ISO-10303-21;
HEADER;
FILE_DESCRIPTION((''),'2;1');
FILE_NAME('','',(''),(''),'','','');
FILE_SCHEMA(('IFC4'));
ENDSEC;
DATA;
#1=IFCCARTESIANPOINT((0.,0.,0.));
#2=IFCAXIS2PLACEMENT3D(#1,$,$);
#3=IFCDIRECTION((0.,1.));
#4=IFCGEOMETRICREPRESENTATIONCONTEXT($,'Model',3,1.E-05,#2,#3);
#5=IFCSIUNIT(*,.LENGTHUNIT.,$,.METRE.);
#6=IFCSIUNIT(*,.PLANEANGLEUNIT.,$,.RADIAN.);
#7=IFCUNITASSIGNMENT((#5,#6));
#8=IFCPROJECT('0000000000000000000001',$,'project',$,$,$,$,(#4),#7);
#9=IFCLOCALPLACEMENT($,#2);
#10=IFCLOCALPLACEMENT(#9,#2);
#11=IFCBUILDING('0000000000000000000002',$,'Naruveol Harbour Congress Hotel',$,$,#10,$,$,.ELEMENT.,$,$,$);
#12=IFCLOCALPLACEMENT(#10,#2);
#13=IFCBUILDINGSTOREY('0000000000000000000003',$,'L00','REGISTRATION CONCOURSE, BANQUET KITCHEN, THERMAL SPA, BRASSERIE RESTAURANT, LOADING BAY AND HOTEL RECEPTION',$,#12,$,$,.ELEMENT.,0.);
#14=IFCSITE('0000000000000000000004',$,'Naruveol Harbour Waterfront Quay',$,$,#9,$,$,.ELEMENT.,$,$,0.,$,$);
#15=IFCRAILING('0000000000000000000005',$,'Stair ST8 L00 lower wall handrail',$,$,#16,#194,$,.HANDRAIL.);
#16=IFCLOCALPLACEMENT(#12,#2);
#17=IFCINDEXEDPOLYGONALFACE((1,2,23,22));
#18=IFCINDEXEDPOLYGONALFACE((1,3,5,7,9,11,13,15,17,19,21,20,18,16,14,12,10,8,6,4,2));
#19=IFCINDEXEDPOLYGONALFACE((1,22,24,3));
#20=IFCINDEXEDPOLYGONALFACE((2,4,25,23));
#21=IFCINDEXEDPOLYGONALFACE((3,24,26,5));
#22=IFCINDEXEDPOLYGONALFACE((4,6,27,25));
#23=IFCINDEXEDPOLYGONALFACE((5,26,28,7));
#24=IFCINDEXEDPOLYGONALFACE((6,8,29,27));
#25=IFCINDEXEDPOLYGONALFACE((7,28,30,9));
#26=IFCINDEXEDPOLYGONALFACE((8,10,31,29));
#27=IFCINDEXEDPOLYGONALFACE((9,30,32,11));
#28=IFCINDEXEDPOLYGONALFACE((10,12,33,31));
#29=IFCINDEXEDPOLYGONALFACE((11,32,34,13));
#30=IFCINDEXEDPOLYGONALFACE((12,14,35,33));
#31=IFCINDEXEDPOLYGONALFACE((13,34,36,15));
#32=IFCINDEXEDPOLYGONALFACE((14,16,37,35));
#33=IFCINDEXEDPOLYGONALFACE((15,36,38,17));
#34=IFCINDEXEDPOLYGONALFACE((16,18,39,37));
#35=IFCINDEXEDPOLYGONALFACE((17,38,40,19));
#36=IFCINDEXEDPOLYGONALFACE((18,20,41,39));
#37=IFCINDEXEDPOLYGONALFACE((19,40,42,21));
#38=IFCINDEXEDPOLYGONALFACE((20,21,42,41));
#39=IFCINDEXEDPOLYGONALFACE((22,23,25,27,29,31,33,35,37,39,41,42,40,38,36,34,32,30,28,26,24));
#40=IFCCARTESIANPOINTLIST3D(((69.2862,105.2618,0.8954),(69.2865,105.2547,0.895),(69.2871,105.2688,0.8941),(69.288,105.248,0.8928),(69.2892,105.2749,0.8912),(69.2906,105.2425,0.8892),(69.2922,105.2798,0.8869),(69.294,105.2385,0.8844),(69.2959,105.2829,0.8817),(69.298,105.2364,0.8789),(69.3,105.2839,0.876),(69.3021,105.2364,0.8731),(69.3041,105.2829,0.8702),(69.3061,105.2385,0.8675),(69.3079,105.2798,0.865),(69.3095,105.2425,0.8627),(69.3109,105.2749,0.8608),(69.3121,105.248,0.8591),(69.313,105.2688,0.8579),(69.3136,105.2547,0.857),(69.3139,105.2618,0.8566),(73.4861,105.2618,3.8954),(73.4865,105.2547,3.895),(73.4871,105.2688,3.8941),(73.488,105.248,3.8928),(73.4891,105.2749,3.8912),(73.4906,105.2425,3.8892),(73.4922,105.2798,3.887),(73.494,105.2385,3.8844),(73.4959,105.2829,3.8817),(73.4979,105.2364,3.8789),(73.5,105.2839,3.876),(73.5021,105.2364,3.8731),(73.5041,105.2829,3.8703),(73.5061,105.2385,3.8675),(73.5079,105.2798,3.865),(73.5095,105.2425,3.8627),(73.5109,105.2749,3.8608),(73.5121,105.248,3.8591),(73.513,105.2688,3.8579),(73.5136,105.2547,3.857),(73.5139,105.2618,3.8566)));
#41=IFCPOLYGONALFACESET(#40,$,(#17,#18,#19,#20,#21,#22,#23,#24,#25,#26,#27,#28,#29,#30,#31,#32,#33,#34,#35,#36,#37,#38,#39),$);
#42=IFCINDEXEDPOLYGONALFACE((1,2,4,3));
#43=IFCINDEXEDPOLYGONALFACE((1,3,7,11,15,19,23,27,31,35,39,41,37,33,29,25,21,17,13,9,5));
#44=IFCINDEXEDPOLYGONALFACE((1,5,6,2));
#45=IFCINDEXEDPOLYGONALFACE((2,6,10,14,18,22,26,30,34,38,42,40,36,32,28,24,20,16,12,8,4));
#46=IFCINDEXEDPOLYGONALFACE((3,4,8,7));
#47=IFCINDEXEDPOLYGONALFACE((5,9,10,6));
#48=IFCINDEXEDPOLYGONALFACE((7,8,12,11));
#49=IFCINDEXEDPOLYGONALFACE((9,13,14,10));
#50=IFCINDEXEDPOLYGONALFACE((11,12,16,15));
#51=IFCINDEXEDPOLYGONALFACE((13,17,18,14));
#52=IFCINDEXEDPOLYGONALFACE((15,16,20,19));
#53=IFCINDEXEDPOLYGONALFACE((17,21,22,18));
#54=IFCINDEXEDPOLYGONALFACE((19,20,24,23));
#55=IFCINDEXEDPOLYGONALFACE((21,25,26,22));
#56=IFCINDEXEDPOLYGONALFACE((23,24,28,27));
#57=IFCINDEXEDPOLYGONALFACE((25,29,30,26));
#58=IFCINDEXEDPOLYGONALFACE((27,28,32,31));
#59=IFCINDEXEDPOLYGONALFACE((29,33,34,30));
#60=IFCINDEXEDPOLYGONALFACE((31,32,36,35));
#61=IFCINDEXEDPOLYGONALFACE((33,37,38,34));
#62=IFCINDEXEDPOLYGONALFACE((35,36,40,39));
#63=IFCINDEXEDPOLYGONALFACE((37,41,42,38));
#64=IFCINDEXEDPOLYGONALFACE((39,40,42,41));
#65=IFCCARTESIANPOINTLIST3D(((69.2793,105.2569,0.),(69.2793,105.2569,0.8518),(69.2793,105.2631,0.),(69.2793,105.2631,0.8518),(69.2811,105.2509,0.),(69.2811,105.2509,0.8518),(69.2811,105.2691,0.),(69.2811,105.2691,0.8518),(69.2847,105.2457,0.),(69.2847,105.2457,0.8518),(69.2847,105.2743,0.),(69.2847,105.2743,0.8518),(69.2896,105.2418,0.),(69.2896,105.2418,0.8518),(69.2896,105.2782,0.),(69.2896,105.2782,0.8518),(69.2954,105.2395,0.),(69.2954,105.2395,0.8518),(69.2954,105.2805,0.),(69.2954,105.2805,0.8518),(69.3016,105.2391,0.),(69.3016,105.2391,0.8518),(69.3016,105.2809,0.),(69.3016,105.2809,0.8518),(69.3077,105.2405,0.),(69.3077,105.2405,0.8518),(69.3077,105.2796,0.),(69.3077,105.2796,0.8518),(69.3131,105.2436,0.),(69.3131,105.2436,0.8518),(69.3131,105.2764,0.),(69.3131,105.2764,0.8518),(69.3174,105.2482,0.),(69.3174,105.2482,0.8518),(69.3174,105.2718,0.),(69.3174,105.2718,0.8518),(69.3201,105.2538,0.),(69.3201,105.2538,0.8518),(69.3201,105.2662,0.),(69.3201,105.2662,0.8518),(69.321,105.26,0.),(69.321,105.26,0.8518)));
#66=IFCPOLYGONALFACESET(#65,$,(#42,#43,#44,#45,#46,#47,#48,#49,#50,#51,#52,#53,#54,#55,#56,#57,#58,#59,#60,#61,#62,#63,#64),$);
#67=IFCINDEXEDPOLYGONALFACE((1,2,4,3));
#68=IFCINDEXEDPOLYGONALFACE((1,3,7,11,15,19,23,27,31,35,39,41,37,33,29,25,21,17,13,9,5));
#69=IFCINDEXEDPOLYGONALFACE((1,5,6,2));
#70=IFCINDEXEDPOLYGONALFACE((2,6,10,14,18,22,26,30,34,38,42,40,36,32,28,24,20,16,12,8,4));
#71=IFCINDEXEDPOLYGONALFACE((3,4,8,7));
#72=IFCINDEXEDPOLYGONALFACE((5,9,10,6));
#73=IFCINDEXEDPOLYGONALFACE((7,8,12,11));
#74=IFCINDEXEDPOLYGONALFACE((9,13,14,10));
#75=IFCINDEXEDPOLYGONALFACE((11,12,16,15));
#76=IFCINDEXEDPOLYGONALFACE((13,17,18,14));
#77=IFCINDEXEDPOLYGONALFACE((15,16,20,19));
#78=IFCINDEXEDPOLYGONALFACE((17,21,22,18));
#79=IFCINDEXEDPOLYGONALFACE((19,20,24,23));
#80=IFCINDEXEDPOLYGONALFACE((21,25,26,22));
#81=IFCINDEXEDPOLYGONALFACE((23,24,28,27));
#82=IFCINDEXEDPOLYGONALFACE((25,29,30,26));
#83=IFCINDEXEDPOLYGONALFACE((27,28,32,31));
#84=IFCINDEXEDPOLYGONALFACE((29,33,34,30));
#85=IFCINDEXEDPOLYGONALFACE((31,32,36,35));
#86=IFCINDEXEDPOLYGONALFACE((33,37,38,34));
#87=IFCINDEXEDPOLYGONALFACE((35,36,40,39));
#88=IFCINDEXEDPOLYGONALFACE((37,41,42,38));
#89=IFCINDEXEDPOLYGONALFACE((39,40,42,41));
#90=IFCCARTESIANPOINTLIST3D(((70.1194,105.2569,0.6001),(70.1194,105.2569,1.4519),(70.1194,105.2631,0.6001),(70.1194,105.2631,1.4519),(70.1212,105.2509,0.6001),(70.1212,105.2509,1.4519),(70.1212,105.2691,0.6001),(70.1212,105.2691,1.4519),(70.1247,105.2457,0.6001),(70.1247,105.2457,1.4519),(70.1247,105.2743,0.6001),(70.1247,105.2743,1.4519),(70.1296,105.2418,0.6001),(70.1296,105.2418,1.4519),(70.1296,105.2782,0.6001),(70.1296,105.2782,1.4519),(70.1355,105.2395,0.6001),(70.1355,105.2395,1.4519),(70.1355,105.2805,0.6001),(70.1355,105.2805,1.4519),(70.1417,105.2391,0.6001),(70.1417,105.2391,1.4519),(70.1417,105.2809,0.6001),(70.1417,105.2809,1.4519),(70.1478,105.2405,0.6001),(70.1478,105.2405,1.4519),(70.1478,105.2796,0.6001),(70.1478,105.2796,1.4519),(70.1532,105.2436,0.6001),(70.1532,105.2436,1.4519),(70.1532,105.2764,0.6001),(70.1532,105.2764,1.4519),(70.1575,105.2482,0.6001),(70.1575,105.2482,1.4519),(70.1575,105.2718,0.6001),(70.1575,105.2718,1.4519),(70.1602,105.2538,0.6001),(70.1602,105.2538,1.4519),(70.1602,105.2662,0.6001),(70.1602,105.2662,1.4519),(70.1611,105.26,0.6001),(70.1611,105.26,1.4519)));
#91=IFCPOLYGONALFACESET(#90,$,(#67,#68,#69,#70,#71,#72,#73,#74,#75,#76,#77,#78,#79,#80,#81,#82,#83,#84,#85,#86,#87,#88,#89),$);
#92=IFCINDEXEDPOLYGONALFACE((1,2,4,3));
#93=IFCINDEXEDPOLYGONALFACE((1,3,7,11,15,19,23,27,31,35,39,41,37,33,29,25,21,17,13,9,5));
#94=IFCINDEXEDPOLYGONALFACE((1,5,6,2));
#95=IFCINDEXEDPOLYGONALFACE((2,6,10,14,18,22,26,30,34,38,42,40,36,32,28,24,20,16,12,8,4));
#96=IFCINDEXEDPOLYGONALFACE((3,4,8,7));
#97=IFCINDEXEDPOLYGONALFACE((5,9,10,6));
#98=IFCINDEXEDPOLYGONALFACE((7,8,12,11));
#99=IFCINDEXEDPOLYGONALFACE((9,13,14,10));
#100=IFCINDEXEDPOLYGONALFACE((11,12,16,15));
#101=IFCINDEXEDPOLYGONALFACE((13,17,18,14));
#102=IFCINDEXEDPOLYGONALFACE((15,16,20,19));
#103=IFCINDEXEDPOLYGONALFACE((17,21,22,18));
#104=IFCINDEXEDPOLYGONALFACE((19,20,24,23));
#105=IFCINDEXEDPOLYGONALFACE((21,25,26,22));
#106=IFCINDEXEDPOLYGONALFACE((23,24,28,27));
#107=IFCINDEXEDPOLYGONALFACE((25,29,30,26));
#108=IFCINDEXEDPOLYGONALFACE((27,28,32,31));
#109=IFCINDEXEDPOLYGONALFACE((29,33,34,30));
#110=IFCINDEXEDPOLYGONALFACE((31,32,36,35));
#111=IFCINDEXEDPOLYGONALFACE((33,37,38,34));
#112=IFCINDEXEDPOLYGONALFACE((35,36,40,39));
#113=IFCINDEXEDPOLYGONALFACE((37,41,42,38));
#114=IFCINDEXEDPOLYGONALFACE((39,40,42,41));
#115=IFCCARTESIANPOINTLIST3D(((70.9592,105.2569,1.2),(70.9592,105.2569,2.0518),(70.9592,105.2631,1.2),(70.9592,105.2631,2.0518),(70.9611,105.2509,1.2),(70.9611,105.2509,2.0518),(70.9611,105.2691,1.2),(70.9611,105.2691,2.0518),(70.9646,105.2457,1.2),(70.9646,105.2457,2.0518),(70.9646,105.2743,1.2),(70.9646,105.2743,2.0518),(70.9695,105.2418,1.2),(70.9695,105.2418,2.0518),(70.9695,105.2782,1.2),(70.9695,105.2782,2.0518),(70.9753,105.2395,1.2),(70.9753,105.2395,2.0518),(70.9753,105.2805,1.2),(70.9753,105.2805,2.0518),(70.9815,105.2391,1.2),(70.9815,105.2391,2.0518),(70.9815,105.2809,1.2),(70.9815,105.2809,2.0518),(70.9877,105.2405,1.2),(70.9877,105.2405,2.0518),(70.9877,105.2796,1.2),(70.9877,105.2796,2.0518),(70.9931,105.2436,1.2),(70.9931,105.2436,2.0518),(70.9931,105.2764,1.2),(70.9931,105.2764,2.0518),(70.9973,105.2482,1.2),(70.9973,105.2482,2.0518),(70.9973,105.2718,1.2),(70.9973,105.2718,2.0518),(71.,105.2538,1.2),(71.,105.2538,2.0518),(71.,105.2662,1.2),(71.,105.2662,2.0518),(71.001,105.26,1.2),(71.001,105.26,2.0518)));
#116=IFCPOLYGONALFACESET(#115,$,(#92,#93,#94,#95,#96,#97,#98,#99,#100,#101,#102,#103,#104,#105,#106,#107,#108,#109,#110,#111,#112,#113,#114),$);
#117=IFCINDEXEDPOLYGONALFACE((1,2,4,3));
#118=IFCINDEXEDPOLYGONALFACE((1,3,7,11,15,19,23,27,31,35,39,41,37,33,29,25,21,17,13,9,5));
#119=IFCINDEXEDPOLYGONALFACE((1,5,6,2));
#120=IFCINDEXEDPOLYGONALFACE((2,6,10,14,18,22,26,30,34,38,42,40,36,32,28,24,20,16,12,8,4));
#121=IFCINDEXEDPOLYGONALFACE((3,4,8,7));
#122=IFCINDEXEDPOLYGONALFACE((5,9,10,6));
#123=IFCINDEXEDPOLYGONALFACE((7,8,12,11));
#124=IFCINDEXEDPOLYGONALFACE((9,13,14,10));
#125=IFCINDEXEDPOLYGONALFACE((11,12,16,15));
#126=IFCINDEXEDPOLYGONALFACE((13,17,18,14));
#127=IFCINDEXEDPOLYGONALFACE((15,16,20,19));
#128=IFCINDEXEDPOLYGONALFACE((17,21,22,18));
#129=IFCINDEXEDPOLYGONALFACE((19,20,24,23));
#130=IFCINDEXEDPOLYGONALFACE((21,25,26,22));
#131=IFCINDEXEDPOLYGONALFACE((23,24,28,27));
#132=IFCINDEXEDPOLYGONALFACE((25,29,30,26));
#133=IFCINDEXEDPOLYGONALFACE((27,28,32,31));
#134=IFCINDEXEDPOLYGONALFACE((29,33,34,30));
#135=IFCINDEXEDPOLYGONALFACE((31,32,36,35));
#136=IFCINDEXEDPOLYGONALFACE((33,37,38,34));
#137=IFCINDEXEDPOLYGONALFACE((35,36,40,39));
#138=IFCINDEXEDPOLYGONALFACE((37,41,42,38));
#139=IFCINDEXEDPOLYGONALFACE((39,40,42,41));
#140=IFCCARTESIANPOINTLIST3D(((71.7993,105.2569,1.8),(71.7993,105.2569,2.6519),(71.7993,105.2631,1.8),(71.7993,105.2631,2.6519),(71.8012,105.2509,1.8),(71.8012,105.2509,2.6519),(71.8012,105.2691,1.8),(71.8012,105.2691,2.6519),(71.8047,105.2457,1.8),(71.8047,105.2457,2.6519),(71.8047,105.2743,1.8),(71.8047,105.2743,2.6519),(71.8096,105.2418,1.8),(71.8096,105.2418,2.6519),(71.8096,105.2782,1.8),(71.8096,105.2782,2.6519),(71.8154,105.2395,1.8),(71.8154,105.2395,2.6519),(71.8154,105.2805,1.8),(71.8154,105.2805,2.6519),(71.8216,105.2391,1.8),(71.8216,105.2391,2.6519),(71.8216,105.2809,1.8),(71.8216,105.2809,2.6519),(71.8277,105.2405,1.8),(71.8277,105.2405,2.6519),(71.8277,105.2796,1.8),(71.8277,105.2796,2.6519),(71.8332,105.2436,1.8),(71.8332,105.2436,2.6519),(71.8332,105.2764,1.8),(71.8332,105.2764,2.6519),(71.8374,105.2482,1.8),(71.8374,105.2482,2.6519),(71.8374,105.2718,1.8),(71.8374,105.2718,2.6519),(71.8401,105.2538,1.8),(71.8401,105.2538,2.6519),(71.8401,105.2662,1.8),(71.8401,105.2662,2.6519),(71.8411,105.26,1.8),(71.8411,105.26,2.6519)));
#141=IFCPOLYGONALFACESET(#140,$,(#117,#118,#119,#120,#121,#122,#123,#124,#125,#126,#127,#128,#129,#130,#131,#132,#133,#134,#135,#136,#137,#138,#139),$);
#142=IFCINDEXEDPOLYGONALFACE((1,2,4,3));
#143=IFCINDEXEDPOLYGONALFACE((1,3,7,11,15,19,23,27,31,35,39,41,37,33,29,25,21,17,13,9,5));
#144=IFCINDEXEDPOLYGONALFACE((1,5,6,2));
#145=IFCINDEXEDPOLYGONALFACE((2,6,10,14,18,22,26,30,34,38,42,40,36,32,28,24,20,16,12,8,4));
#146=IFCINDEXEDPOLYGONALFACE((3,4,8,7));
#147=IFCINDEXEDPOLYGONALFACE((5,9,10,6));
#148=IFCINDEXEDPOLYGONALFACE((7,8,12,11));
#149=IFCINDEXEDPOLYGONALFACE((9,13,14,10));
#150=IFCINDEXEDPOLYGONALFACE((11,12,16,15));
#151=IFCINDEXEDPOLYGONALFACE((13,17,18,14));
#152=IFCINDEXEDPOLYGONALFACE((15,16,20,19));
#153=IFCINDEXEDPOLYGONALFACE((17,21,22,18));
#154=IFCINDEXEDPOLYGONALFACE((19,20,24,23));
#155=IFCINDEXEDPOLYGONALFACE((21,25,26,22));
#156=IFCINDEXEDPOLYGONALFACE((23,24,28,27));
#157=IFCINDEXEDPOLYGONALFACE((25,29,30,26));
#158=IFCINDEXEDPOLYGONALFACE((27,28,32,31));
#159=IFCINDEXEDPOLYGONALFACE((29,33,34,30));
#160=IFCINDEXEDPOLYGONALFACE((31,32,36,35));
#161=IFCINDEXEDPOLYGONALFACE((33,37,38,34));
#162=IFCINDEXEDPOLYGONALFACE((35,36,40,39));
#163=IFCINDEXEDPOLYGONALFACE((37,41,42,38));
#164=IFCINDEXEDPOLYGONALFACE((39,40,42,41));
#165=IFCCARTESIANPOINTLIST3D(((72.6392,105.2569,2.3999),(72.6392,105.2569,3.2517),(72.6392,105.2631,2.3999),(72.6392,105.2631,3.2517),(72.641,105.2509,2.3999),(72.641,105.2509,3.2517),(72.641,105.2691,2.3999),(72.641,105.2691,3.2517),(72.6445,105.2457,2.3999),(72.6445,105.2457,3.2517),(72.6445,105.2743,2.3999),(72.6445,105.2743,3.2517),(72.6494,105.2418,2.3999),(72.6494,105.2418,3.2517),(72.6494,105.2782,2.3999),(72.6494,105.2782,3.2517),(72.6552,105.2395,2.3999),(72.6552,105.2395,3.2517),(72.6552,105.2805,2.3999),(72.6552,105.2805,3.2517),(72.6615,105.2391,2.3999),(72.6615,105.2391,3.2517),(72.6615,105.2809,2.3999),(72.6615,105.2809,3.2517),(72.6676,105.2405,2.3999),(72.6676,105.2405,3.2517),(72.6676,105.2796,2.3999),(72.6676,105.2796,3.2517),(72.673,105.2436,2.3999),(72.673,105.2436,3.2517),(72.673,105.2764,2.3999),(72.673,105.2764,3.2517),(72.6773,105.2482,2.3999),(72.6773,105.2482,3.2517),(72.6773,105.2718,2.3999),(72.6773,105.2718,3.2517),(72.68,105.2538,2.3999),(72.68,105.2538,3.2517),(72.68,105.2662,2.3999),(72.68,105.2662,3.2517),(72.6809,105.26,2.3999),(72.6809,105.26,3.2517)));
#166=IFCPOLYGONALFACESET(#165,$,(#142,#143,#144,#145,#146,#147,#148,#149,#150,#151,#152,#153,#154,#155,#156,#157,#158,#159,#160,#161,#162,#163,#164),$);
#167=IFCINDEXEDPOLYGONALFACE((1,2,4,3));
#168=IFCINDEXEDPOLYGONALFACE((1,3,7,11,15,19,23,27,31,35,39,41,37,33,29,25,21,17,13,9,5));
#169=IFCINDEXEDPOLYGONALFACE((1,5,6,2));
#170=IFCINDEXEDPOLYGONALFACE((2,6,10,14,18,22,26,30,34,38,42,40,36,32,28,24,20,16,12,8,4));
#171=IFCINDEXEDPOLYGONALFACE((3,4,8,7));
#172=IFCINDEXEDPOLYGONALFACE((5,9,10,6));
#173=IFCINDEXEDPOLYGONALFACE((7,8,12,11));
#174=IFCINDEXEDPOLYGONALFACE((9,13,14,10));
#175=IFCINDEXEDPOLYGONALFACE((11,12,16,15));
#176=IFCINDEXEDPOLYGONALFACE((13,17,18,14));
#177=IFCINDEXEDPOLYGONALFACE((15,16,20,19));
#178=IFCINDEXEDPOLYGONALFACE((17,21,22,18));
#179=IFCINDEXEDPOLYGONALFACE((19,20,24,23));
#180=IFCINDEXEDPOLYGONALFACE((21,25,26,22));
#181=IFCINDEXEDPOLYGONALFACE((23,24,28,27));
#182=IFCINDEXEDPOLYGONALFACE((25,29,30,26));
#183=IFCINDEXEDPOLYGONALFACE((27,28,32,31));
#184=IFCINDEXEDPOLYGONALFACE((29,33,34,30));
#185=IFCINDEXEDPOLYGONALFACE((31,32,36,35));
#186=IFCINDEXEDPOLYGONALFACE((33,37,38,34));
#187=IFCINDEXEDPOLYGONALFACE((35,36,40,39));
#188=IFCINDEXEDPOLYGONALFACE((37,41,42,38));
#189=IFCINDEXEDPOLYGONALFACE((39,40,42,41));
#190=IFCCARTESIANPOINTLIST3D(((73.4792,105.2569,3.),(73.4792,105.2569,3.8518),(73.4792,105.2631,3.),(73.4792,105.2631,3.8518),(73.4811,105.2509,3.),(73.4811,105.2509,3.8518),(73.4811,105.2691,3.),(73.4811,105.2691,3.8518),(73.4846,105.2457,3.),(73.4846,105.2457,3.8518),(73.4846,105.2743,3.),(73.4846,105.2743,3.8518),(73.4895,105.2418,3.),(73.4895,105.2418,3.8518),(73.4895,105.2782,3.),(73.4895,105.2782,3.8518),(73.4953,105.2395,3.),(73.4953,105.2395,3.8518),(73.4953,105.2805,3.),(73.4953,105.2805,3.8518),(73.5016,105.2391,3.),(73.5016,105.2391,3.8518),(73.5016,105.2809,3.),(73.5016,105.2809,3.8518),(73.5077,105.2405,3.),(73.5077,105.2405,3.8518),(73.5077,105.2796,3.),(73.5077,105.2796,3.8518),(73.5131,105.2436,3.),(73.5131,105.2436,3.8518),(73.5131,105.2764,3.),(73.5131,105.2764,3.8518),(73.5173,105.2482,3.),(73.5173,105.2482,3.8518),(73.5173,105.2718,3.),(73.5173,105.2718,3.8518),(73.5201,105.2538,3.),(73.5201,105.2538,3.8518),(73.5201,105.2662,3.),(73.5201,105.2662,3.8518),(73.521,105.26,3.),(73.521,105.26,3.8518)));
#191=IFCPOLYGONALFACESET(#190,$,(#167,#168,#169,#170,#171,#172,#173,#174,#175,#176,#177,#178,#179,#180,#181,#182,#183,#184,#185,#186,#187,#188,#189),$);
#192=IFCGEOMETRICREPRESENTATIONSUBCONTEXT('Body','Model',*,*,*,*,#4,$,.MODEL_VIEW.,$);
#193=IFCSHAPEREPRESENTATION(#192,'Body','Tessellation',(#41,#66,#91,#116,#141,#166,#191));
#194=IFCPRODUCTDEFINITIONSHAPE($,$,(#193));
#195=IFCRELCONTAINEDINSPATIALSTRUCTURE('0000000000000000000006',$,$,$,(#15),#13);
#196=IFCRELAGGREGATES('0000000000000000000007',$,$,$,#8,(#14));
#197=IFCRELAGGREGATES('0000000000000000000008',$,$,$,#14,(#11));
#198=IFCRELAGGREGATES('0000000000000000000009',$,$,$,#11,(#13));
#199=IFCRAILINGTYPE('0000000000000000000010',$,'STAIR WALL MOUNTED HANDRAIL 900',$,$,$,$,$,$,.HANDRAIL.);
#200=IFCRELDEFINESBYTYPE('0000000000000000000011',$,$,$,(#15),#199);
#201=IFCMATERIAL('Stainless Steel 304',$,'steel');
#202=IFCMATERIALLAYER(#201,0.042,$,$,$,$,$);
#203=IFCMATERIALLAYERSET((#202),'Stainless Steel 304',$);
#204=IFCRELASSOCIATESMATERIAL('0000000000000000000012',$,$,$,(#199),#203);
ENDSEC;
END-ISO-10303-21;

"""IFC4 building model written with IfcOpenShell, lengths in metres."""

from ifc_helpers import new_model, si_unit, direction, frame, origin, origin_2d, place, context, subcontext, project, spatial, circle, extrude, material, layer, layer_set, type_object, element, save


model = new_model("IFC4")

# Units and contexts
model_context = context("Model", 3, precision=1e-05, world=origin(), true_north=direction((0.0, 1.0)))
body_context = subcontext(model_context, "Body", "Model", "MODEL_VIEW")
ifc_project = project(units=[si_unit("LENGTHUNIT", "METRE"), si_unit("PLANEANGLEUNIT", "RADIAN")], contexts=[model_context])

# Site, building, storey
site_placement = place(None, origin())
site = spatial("IfcSite", under=ifc_project, at=site_placement, Name="Naruveol Harbour Waterfront Quay", CompositionType="ELEMENT", RefElevation=0.0)
building_placement = place(site_placement, origin())
building = spatial("IfcBuilding", under=site, at=building_placement, Name="Naruveol Harbour Congress Hotel", CompositionType="ELEMENT")
storey_placement = place(building_placement, origin())
storey = spatial("IfcBuildingStorey", under=building, at=storey_placement, Name="L00", Description="REGISTRATION CONCOURSE, BANQUET KITCHEN, THERMAL SPA, BRASSERIE RESTAURANT, LOADING BAY AND HOTEL RECEPTION", CompositionType="ELEMENT", Elevation=0.0)

# Railing
ifc_material_1 = material(Name="Stainless Steel 304", Category="steel")
ifc_layer_1 = layer(ifc_material_1, 0.042)
ifc_layer_set_1 = layer_set([ifc_layer_1], Name="Stainless Steel 304")
railing_type_1 = type_object("IfcRailingType", Name="STAIR WALL MOUNTED HANDRAIL 900", PredefinedType="HANDRAIL", material=ifc_layer_set_1)
railing_1_placement = place(storey_placement, frame((69.3, 105.26, 0.0)))
element("IfcRailing", 1, at=railing_1_placement, inside=storey, type_object=railing_type_1, Name="Stair ST8 L00 lower wall handrail", PredefinedType="HANDRAIL", context=body_context, shape_type="SweptSolid", body=[
    extrude(circle(Radius=0.0239, at=origin_2d()), frame((0.0, 0.0, 0.876), z_axis=(0.81373, 0.0, 0.581243), x_axis=(0.0, 1.0, 0.0)), (0.0, 0.0, 1.0), 5.1614),
    extrude(circle(Radius=0.021, at=origin_2d()), origin(), (0.0, 0.0, 1.0), 0.8518),
    extrude(circle(Radius=0.021, at=origin_2d()), frame((0.8401, 0.0, 0.6001)), (0.0, 0.0, 1.0), 0.8518),
    extrude(circle(Radius=0.021, at=origin_2d()), frame((1.6799, 0.0, 1.2)), (0.0, 0.0, 1.0), 0.8518),
    extrude(circle(Radius=0.021, at=origin_2d()), frame((2.52, 0.0, 1.8)), (0.0, 0.0, 1.0), 0.8518),
    extrude(circle(Radius=0.021, at=origin_2d()), frame((3.3599, 0.0, 2.3999)), (0.0, 0.0, 1.0), 0.8518),
    extrude(circle(Radius=0.021, at=origin_2d()), frame((4.2, 0.0, 3.0)), (0.0, 0.0, 1.0), 0.8518),
])

save(model, "model.ifc")
